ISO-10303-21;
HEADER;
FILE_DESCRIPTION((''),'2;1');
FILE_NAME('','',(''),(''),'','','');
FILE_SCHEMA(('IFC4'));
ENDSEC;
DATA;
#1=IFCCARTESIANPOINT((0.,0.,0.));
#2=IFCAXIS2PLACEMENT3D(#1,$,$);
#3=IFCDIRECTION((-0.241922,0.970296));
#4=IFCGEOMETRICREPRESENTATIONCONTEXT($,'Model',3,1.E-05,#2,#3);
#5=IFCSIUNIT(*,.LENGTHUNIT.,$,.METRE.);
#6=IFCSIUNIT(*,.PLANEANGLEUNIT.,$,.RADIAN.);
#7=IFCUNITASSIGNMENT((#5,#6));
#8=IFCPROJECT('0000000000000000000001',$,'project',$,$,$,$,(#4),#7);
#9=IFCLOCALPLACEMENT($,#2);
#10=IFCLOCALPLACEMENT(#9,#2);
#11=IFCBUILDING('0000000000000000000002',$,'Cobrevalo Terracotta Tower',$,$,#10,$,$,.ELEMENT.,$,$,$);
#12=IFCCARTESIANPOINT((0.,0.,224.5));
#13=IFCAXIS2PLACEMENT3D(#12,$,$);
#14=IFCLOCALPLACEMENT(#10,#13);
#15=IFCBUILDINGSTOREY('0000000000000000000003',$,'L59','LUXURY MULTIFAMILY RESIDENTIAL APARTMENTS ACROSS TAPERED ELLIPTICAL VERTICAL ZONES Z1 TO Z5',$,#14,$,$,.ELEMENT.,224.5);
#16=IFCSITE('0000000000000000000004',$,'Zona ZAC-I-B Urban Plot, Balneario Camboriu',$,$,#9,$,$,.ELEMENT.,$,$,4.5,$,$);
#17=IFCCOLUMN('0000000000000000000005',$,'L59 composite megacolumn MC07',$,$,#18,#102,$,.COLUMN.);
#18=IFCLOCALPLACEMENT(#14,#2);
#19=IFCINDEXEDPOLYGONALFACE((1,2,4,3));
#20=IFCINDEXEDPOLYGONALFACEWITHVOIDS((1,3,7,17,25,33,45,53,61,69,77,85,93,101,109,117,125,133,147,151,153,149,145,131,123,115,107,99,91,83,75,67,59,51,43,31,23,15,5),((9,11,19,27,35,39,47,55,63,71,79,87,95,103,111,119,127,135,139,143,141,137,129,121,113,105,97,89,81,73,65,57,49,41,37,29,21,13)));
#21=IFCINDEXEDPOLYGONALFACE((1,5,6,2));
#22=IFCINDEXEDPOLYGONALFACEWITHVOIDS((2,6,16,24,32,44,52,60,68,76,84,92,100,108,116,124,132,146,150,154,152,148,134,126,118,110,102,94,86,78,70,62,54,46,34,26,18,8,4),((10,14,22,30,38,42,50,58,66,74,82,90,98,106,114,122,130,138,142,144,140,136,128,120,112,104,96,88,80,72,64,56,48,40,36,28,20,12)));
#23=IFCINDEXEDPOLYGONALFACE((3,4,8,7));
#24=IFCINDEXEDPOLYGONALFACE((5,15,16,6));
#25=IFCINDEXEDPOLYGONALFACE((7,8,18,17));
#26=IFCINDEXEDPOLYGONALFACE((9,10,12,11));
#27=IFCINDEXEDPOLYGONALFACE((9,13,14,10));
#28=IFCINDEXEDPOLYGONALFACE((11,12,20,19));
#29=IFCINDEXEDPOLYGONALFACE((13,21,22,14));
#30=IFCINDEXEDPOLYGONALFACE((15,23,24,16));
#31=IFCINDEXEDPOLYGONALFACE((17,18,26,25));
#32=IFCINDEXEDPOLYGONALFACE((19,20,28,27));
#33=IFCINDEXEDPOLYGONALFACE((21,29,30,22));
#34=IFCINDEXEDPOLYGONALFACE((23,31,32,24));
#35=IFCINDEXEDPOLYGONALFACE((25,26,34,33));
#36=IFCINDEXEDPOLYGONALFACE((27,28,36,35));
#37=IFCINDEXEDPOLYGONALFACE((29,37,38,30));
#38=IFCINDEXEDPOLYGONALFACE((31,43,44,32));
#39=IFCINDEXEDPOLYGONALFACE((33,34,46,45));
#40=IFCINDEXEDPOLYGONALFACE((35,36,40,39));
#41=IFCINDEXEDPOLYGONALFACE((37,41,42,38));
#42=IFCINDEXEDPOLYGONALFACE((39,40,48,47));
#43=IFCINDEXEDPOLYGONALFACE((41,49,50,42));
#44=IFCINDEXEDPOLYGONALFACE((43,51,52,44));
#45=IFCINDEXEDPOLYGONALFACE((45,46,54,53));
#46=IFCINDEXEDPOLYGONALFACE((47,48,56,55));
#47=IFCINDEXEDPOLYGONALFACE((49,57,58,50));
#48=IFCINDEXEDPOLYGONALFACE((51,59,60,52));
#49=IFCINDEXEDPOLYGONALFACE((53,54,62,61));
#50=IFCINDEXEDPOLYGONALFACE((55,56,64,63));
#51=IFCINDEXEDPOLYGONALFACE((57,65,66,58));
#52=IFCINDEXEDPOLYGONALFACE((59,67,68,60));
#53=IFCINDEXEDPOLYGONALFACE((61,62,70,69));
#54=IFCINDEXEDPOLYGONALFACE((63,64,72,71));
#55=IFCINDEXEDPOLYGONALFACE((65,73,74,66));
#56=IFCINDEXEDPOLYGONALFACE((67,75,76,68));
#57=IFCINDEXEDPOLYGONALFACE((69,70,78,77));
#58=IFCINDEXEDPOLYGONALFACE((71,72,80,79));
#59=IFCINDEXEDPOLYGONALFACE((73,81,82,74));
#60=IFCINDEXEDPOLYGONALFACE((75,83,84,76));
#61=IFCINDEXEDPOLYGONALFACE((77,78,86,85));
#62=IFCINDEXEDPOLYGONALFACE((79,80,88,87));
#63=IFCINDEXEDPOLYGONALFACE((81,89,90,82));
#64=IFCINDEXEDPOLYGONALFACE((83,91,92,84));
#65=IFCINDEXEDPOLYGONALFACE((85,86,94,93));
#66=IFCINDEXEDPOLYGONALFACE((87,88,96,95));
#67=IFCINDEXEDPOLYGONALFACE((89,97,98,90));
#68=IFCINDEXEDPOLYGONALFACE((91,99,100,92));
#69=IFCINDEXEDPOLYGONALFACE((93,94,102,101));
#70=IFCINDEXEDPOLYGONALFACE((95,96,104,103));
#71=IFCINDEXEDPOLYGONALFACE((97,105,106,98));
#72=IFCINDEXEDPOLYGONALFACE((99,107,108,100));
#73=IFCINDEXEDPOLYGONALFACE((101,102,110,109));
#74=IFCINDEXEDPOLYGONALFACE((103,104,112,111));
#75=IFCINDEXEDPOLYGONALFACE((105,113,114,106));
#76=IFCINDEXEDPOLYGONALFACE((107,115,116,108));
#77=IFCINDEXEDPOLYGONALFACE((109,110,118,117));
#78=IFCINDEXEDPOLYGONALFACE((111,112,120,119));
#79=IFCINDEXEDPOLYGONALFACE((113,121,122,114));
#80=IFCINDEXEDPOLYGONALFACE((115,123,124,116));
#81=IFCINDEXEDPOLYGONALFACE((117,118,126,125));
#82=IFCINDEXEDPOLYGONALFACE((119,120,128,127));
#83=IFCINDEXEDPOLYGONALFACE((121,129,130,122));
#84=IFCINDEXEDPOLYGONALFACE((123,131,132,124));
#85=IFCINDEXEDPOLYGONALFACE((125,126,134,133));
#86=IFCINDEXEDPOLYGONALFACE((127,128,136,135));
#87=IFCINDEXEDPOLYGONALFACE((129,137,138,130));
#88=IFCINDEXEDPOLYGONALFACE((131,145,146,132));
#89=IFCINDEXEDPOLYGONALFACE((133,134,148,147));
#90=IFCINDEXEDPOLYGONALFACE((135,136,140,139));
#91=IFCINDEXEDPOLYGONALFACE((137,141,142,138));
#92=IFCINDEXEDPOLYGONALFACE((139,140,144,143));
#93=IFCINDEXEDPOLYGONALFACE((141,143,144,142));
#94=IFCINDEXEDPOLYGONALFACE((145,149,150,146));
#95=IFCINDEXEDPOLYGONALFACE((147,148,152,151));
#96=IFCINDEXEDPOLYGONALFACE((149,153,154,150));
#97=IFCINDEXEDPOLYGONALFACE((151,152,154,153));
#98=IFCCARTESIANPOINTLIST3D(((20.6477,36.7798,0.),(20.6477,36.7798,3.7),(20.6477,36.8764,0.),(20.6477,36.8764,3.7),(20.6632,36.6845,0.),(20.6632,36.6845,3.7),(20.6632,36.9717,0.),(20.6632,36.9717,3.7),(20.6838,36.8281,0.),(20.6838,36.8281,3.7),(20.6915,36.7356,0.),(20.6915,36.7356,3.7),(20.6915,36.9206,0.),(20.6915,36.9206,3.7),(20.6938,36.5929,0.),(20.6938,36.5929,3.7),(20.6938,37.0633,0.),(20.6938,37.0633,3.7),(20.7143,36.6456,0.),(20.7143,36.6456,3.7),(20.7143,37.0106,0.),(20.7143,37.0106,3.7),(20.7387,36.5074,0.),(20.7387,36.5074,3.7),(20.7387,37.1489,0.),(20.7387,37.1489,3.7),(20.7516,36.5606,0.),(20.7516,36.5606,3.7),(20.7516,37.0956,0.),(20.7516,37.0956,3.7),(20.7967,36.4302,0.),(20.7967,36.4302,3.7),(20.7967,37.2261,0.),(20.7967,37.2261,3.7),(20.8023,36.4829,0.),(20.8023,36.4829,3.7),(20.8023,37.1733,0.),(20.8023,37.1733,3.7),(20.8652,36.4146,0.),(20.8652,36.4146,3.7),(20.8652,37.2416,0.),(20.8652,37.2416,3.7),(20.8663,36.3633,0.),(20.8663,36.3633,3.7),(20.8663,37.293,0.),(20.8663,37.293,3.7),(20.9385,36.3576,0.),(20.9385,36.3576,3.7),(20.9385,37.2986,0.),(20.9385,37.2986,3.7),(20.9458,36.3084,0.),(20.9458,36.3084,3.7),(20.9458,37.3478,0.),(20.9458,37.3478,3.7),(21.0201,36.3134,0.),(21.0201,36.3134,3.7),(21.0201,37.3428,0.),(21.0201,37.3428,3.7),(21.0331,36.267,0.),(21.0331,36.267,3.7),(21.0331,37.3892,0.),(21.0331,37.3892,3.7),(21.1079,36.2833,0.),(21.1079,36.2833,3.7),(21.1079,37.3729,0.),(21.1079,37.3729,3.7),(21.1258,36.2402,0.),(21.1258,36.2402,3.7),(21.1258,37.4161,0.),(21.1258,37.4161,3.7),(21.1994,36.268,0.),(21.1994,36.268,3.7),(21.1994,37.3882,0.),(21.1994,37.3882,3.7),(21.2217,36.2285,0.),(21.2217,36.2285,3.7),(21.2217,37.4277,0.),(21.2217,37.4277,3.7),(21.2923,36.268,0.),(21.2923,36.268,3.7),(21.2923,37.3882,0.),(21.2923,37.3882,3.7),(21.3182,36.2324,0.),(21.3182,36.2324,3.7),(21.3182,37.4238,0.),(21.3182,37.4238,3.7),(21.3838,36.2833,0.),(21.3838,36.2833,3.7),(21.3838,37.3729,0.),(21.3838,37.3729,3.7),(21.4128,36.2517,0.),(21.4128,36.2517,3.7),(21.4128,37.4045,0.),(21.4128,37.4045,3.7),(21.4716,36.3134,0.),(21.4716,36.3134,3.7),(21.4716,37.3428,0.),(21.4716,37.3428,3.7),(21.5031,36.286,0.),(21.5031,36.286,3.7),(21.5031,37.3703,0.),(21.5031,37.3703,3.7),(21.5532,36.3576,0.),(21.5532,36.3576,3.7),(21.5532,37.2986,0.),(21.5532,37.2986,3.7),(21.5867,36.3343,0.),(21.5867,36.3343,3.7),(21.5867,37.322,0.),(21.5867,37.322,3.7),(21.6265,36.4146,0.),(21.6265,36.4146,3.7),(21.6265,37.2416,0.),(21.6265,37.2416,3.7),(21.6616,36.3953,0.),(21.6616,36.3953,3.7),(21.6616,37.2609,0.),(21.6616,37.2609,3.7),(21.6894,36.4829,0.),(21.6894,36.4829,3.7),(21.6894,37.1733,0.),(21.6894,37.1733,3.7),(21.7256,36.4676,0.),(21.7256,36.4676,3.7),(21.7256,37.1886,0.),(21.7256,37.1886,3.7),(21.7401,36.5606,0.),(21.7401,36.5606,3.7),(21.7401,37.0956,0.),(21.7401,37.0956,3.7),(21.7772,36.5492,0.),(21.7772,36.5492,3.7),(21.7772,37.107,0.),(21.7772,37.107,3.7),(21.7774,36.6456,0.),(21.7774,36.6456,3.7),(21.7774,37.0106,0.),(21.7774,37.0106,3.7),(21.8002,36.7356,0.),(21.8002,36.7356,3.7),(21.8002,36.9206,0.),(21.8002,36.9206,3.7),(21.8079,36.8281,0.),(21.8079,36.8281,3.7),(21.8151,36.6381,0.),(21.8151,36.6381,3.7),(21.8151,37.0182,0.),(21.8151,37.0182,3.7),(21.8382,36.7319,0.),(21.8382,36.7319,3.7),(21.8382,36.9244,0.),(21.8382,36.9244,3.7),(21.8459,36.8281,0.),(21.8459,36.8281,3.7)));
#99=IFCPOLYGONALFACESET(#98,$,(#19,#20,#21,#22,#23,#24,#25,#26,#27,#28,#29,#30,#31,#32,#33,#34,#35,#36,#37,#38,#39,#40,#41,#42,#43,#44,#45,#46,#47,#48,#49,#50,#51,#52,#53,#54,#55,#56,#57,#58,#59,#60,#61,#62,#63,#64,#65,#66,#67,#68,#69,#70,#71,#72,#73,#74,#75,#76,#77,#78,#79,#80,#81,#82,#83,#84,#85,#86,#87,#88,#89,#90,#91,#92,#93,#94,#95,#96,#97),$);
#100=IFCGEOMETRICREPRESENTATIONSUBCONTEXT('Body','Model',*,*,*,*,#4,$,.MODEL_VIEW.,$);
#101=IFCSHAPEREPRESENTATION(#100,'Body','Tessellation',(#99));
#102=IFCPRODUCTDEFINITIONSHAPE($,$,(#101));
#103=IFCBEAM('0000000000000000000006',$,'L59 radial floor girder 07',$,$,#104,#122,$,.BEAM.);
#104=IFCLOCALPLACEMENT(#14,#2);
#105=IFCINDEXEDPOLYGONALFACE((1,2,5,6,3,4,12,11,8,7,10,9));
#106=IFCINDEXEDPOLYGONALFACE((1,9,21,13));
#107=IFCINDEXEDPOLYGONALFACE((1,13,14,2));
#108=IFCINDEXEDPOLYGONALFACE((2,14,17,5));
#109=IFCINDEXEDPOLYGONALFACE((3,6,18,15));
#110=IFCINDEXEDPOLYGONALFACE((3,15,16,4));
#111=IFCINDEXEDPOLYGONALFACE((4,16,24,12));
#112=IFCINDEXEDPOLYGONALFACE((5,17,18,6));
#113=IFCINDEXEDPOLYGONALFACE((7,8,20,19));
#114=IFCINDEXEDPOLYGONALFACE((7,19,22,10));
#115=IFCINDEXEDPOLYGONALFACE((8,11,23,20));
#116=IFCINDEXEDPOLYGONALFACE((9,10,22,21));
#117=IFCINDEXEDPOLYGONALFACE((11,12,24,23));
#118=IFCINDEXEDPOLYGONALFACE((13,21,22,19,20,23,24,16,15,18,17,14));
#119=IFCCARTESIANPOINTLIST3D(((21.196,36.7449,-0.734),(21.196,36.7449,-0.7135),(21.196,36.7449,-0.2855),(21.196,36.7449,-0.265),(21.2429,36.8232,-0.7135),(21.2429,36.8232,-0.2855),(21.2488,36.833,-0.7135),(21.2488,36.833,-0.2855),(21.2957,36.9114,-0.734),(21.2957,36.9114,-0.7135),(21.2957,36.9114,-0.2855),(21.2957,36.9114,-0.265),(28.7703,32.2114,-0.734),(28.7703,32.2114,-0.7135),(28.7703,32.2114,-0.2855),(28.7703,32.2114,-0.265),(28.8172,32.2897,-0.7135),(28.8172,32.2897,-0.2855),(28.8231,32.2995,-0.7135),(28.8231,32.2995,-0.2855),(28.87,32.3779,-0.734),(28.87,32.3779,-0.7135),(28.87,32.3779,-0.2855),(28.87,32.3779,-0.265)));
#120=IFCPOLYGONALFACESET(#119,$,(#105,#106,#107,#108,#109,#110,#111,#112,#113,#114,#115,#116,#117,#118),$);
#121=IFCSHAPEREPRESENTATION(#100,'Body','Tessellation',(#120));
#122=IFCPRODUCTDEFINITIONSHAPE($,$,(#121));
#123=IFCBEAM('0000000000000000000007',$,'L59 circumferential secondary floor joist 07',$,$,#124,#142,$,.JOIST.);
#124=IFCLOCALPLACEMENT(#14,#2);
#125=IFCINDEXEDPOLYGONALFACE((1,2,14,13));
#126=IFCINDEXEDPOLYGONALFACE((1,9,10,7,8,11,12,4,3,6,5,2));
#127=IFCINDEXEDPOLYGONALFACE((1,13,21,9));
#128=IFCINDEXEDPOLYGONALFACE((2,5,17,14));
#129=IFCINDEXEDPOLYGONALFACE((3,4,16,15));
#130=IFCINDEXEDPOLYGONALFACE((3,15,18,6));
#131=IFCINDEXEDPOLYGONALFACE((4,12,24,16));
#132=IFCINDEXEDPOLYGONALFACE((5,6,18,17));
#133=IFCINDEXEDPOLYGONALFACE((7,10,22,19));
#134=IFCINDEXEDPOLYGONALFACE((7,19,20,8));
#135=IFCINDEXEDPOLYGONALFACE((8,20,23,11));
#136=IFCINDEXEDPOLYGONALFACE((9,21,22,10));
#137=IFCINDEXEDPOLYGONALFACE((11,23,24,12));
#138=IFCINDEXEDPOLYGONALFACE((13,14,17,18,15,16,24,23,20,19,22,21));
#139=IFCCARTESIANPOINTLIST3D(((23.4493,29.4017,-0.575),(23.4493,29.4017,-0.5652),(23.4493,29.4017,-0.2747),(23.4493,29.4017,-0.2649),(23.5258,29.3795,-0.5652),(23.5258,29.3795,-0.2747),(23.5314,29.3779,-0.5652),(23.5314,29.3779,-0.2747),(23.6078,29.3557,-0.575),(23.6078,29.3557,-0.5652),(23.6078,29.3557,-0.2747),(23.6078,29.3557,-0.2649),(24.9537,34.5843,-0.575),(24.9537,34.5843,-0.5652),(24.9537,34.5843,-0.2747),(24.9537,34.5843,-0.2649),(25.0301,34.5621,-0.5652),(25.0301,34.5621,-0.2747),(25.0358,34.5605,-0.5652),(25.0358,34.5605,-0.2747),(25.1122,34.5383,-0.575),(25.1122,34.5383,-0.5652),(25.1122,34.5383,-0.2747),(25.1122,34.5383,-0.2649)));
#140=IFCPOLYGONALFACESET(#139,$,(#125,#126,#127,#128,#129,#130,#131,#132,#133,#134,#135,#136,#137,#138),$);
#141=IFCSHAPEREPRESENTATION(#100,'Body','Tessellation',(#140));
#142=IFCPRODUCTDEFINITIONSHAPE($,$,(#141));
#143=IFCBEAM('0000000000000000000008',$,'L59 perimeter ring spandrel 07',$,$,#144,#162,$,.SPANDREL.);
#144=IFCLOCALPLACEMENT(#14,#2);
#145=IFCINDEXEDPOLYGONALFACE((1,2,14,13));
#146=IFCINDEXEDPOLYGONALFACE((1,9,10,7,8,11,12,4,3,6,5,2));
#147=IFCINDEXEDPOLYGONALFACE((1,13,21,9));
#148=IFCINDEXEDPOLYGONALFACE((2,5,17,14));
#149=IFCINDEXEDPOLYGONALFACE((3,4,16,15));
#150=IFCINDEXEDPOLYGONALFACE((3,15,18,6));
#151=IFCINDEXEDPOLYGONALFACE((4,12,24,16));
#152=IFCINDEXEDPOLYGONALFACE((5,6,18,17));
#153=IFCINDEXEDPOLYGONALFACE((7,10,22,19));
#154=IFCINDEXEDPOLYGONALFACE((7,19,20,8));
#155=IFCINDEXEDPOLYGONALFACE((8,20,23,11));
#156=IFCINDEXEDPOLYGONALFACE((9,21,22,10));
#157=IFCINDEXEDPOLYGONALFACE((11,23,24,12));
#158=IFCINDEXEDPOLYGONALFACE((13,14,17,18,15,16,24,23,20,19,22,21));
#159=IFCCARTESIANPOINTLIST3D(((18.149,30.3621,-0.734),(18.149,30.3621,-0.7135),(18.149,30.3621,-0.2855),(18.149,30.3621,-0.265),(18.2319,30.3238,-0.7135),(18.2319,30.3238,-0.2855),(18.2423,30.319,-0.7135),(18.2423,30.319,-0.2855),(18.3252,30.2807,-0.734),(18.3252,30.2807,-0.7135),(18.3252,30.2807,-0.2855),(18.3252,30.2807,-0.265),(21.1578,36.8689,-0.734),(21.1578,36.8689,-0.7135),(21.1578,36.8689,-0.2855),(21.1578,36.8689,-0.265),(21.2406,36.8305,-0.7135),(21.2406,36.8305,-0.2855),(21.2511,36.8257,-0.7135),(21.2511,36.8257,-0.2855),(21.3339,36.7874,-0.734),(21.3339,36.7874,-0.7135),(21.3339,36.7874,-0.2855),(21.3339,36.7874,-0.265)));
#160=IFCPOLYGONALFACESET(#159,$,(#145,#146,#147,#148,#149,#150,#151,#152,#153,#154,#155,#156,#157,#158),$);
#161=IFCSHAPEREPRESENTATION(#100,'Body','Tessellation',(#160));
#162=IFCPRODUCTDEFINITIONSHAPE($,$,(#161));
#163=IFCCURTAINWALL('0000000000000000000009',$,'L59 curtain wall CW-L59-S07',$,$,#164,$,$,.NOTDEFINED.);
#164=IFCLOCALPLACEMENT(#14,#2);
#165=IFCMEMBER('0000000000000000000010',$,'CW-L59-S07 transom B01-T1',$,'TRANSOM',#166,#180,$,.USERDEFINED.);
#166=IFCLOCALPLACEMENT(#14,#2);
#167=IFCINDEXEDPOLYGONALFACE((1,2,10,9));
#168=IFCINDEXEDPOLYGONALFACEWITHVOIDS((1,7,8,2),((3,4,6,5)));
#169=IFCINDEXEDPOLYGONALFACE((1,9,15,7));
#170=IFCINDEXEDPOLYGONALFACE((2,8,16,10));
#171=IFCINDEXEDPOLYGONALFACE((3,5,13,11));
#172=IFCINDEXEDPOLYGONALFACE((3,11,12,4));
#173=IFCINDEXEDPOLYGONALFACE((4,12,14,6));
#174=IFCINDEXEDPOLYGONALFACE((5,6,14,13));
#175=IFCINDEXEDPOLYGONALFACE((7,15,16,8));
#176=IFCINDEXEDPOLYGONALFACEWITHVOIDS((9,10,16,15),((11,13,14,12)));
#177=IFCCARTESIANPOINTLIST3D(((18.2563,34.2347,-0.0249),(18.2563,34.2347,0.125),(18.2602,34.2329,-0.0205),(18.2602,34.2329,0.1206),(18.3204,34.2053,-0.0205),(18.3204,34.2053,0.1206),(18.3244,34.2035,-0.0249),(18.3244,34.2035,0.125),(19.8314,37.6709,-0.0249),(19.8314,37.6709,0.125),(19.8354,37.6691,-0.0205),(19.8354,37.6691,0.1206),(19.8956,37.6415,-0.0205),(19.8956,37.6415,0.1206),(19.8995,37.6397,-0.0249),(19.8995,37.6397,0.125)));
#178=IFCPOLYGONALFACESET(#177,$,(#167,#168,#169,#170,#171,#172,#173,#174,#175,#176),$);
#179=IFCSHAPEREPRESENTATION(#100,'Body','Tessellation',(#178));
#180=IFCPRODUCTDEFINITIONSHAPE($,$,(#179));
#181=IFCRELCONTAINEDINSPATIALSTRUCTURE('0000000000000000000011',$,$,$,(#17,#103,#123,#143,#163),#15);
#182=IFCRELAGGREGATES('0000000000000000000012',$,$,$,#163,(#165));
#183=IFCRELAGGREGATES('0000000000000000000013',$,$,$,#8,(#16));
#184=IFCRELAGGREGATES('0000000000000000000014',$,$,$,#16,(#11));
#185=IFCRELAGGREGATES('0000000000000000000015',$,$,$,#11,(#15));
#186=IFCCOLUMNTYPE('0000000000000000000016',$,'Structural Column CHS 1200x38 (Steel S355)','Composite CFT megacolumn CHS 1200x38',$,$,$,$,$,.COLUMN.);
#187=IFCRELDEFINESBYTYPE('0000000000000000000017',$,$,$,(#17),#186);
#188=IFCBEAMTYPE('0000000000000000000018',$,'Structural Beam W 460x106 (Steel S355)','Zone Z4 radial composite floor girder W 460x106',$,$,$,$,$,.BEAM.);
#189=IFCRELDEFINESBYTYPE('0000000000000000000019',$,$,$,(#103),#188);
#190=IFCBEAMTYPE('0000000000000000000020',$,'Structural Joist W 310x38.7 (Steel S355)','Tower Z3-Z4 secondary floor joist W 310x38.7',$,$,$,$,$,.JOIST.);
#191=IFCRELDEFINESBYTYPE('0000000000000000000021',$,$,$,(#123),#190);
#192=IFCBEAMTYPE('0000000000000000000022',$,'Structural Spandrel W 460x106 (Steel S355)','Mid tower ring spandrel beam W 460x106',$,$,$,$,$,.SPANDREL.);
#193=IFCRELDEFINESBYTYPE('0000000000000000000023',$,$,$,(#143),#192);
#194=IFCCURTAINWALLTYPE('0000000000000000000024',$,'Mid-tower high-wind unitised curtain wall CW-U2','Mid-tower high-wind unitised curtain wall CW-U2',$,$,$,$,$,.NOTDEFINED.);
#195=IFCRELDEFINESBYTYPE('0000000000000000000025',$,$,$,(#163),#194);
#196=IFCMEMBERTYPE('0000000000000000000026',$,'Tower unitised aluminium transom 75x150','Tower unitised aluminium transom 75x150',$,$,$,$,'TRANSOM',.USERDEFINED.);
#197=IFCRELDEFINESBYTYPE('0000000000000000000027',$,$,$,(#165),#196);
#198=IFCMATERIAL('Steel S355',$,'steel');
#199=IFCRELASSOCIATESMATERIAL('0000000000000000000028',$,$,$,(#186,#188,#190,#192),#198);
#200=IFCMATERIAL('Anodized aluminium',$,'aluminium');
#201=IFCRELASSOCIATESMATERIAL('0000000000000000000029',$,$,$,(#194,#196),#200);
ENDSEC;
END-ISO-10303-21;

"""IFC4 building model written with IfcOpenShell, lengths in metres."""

from ifc_helpers import new_model, si_unit, direction, frame, origin, origin_2d, place, context, subcontext, project, spatial, hollow_rectangle, hollow_circle, i_section, extrude, source, transform, mapped, material, material_profile, profile_set, type_object, element, aggregate, save


model = new_model("IFC4")

# Units and contexts
model_context = context("Model", 3, precision=1e-05, world=origin(), true_north=direction((-0.241922, 0.970296)))
body_context = subcontext(model_context, "Body", "Model", "MODEL_VIEW")
ifc_project = project(units=[si_unit("LENGTHUNIT", "METRE"), si_unit("PLANEANGLEUNIT", "RADIAN")], contexts=[model_context])

# Site, building, storey
site_placement = place(None, origin())
site = spatial("IfcSite", under=ifc_project, at=site_placement, Name="Zona ZAC-I-B Urban Plot, Balneario Camboriu", CompositionType="ELEMENT", RefElevation=4.5)
building_placement = place(site_placement, origin())
building = spatial("IfcBuilding", under=site, at=building_placement, Name="Cobrevalo Terracotta Tower", CompositionType="ELEMENT")
storey_placement = place(building_placement, frame((0.0, 0.0, 224.5)))
storey = spatial("IfcBuildingStorey", under=building, at=storey_placement, Name="L59", Description="LUXURY MULTIFAMILY RESIDENTIAL APARTMENTS ACROSS TAPERED ELLIPTICAL VERTICAL ZONES Z1 TO Z5", CompositionType="ELEMENT", Elevation=224.5)

# Column
ifc_material_1 = material(Name="Steel S355", Category="steel")
ifc_material_profile_1 = material_profile(ifc_material_1, hollow_circle(Radius=0.6001, WallThickness=0.0381, at=origin_2d()), Name="CHS 1200x38")
ifc_profile_set_1 = profile_set([ifc_material_profile_1], Name="Steel S355")
column_type = type_object("IfcColumnType", Name="Structural Column CHS 1200x38 (Steel S355)", Description="Composite CFT megacolumn CHS 1200x38", PredefinedType="COLUMN", material=ifc_profile_set_1)
column_placement = place(storey_placement, frame((21.2458, 36.8281, 0.0), z_axis=(0.0, 0.0, 1.0), x_axis=(1.0, 0.0, 0.0)))
element("IfcColumn", 1, at=column_placement, inside=storey, type_object=column_type, Name="L59 composite megacolumn MC07", PredefinedType="COLUMN", context=body_context, shape_type="SweptSolid", body=[
    extrude(hollow_circle(Radius=0.6001, WallThickness=0.0381, at=origin_2d()), origin(), (0.0, 0.0, 1.0), 3.7),
])

# Beams
ifc_material_profile_2 = material_profile(ifc_material_1, i_section(OverallWidth=0.1941, OverallDepth=0.469, WebThickness=0.0115, FlangeThickness=0.0205, at=origin_2d()), Name="W 460x106")
ifc_profile_set_2 = profile_set([ifc_material_profile_2], Name="Steel S355")
beam_type_1 = type_object("IfcBeamType", Name="Structural Beam W 460x106 (Steel S355)", Description="Zone Z4 radial composite floor girder W 460x106", PredefinedType="BEAM", material=ifc_profile_set_2)
beam_1_placement = place(storey_placement, frame((21.2458, 36.8281, -0.4995), z_axis=(0.858046, -0.513572, 0.0), x_axis=(0.513572, 0.858046, 0.0)))
element("IfcBeam", 2, at=beam_1_placement, inside=storey, type_object=beam_type_1, Name="L59 radial floor girder 07", PredefinedType="BEAM", context=body_context, shape_type="SweptSolid", body=[
    extrude(i_section(OverallWidth=0.1941, OverallDepth=0.469, WebThickness=0.0115, FlangeThickness=0.0205, at=origin_2d()), origin(), (0.0, 0.0, 1.0), 8.8274),
])
ifc_material_profile_3 = material_profile(ifc_material_1, i_section(OverallWidth=0.165, OverallDepth=0.3101, WebThickness=0.0059, FlangeThickness=0.0098, at=origin_2d()), Name="W 310x38.7")
ifc_profile_set_3 = profile_set([ifc_material_profile_3], Name="Steel S355")
beam_type_2 = type_object("IfcBeamType", Name="Structural Joist W 310x38.7 (Steel S355)", Description="Tower Z3-Z4 secondary floor joist W 310x38.7", PredefinedType="JOIST", material=ifc_profile_set_3)
beam_2_placement = place(storey_placement, frame((25.033, 34.5613, -0.4199), z_axis=(-0.27877, -0.960358, 0.0), x_axis=(0.960358, -0.27877, 0.0)))
element("IfcBeam", 3, at=beam_2_placement, inside=storey, type_object=beam_type_2, Name="L59 circumferential secondary floor joist 07", PredefinedType="JOIST", context=body_context, shape_type="SweptSolid", body=[
    extrude(i_section(OverallWidth=0.165, OverallDepth=0.3101, WebThickness=0.0059, FlangeThickness=0.0098, at=origin_2d()), origin(), (0.0, 0.0, 1.0), 5.3965),
])
ifc_material_profile_4 = material_profile(ifc_material_1, i_section(OverallWidth=0.1941, OverallDepth=0.469, WebThickness=0.0115, FlangeThickness=0.0205, at=origin_2d()), Name="W 460x106")
ifc_profile_set_4 = profile_set([ifc_material_profile_4], Name="Steel S355")
beam_type_3 = type_object("IfcBeamType", Name="Structural Spandrel W 460x106 (Steel S355)", Description="Mid tower ring spandrel beam W 460x106", PredefinedType="SPANDREL", material=ifc_profile_set_4)
beam_3_placement = place(storey_placement, frame((21.2458, 36.8281, -0.4995), z_axis=(-0.419706, -0.90766, 0.0), x_axis=(0.90766, -0.419706, 0.0)))
element("IfcBeam", 4, at=beam_3_placement, inside=storey, type_object=beam_type_3, Name="L59 perimeter ring spandrel 07", PredefinedType="SPANDREL", context=body_context, shape_type="SweptSolid", body=[
    extrude(i_section(OverallWidth=0.1941, OverallDepth=0.469, WebThickness=0.0115, FlangeThickness=0.0205, at=origin_2d()), origin(), (0.0, 0.0, 1.0), 7.1687),
])

# Curtain wall, member
ifc_material_2 = material(Name="Anodized aluminium", Category="aluminium")
curtain_wall_type = type_object("IfcCurtainWallType", Name="Mid-tower high-wind unitised curtain wall CW-U2", Description="Mid-tower high-wind unitised curtain wall CW-U2", PredefinedType="NOTDEFINED", material=ifc_material_2)
curtain_wall_1_placement = place(storey_placement, origin())
curtain_wall_1 = element("IfcCurtainWall", 5, at=curtain_wall_1_placement, inside=storey, type_object=curtain_wall_type, Name="L59 curtain wall CW-L59-S07", PredefinedType="NOTDEFINED")
ifc_material_profile_5 = material_profile(ifc_material_2, hollow_rectangle(XDim=0.075, YDim=0.1499, WallThickness=0.0044, at=origin_2d()), Name="CWT 75x150")
ifc_profile_set_5 = profile_set([ifc_material_profile_5], Name="Anodized aluminium")
member_type_1 = type_object("IfcMemberType", Name="Tower unitised aluminium transom 75x150", Description="Tower unitised aluminium transom 75x150", ElementType="TRANSOM", PredefinedType="USERDEFINED", material=ifc_profile_set_5)
shared_shape_1 = source(origin(), body_context, "Body", "SweptSolid", [
    extrude(hollow_rectangle(XDim=0.075, YDim=0.1499, WallThickness=0.0044, at=origin_2d()), origin(), (0.0, 0.0, 1.0), 3.78),
])
member_1_placement = place(storey_placement, frame((19.8655, 37.6553, 0.05), z_axis=(-0.416706, -0.909041, 0.0), x_axis=(0.909041, -0.416706, 0.0)))
member_1 = element("IfcMember", 6, at=member_1_placement, type_object=member_type_1, Name="CW-L59-S07 transom B01-T1", ObjectType="TRANSOM", PredefinedType="USERDEFINED", context=body_context, shape_type="MappedRepresentation", body=[
    mapped(shared_shape_1, transform((0.0, 0.0, 0.0), scale=1.0)),
])

aggregate(curtain_wall_1, [member_1])

save(model, "model.ifc")
